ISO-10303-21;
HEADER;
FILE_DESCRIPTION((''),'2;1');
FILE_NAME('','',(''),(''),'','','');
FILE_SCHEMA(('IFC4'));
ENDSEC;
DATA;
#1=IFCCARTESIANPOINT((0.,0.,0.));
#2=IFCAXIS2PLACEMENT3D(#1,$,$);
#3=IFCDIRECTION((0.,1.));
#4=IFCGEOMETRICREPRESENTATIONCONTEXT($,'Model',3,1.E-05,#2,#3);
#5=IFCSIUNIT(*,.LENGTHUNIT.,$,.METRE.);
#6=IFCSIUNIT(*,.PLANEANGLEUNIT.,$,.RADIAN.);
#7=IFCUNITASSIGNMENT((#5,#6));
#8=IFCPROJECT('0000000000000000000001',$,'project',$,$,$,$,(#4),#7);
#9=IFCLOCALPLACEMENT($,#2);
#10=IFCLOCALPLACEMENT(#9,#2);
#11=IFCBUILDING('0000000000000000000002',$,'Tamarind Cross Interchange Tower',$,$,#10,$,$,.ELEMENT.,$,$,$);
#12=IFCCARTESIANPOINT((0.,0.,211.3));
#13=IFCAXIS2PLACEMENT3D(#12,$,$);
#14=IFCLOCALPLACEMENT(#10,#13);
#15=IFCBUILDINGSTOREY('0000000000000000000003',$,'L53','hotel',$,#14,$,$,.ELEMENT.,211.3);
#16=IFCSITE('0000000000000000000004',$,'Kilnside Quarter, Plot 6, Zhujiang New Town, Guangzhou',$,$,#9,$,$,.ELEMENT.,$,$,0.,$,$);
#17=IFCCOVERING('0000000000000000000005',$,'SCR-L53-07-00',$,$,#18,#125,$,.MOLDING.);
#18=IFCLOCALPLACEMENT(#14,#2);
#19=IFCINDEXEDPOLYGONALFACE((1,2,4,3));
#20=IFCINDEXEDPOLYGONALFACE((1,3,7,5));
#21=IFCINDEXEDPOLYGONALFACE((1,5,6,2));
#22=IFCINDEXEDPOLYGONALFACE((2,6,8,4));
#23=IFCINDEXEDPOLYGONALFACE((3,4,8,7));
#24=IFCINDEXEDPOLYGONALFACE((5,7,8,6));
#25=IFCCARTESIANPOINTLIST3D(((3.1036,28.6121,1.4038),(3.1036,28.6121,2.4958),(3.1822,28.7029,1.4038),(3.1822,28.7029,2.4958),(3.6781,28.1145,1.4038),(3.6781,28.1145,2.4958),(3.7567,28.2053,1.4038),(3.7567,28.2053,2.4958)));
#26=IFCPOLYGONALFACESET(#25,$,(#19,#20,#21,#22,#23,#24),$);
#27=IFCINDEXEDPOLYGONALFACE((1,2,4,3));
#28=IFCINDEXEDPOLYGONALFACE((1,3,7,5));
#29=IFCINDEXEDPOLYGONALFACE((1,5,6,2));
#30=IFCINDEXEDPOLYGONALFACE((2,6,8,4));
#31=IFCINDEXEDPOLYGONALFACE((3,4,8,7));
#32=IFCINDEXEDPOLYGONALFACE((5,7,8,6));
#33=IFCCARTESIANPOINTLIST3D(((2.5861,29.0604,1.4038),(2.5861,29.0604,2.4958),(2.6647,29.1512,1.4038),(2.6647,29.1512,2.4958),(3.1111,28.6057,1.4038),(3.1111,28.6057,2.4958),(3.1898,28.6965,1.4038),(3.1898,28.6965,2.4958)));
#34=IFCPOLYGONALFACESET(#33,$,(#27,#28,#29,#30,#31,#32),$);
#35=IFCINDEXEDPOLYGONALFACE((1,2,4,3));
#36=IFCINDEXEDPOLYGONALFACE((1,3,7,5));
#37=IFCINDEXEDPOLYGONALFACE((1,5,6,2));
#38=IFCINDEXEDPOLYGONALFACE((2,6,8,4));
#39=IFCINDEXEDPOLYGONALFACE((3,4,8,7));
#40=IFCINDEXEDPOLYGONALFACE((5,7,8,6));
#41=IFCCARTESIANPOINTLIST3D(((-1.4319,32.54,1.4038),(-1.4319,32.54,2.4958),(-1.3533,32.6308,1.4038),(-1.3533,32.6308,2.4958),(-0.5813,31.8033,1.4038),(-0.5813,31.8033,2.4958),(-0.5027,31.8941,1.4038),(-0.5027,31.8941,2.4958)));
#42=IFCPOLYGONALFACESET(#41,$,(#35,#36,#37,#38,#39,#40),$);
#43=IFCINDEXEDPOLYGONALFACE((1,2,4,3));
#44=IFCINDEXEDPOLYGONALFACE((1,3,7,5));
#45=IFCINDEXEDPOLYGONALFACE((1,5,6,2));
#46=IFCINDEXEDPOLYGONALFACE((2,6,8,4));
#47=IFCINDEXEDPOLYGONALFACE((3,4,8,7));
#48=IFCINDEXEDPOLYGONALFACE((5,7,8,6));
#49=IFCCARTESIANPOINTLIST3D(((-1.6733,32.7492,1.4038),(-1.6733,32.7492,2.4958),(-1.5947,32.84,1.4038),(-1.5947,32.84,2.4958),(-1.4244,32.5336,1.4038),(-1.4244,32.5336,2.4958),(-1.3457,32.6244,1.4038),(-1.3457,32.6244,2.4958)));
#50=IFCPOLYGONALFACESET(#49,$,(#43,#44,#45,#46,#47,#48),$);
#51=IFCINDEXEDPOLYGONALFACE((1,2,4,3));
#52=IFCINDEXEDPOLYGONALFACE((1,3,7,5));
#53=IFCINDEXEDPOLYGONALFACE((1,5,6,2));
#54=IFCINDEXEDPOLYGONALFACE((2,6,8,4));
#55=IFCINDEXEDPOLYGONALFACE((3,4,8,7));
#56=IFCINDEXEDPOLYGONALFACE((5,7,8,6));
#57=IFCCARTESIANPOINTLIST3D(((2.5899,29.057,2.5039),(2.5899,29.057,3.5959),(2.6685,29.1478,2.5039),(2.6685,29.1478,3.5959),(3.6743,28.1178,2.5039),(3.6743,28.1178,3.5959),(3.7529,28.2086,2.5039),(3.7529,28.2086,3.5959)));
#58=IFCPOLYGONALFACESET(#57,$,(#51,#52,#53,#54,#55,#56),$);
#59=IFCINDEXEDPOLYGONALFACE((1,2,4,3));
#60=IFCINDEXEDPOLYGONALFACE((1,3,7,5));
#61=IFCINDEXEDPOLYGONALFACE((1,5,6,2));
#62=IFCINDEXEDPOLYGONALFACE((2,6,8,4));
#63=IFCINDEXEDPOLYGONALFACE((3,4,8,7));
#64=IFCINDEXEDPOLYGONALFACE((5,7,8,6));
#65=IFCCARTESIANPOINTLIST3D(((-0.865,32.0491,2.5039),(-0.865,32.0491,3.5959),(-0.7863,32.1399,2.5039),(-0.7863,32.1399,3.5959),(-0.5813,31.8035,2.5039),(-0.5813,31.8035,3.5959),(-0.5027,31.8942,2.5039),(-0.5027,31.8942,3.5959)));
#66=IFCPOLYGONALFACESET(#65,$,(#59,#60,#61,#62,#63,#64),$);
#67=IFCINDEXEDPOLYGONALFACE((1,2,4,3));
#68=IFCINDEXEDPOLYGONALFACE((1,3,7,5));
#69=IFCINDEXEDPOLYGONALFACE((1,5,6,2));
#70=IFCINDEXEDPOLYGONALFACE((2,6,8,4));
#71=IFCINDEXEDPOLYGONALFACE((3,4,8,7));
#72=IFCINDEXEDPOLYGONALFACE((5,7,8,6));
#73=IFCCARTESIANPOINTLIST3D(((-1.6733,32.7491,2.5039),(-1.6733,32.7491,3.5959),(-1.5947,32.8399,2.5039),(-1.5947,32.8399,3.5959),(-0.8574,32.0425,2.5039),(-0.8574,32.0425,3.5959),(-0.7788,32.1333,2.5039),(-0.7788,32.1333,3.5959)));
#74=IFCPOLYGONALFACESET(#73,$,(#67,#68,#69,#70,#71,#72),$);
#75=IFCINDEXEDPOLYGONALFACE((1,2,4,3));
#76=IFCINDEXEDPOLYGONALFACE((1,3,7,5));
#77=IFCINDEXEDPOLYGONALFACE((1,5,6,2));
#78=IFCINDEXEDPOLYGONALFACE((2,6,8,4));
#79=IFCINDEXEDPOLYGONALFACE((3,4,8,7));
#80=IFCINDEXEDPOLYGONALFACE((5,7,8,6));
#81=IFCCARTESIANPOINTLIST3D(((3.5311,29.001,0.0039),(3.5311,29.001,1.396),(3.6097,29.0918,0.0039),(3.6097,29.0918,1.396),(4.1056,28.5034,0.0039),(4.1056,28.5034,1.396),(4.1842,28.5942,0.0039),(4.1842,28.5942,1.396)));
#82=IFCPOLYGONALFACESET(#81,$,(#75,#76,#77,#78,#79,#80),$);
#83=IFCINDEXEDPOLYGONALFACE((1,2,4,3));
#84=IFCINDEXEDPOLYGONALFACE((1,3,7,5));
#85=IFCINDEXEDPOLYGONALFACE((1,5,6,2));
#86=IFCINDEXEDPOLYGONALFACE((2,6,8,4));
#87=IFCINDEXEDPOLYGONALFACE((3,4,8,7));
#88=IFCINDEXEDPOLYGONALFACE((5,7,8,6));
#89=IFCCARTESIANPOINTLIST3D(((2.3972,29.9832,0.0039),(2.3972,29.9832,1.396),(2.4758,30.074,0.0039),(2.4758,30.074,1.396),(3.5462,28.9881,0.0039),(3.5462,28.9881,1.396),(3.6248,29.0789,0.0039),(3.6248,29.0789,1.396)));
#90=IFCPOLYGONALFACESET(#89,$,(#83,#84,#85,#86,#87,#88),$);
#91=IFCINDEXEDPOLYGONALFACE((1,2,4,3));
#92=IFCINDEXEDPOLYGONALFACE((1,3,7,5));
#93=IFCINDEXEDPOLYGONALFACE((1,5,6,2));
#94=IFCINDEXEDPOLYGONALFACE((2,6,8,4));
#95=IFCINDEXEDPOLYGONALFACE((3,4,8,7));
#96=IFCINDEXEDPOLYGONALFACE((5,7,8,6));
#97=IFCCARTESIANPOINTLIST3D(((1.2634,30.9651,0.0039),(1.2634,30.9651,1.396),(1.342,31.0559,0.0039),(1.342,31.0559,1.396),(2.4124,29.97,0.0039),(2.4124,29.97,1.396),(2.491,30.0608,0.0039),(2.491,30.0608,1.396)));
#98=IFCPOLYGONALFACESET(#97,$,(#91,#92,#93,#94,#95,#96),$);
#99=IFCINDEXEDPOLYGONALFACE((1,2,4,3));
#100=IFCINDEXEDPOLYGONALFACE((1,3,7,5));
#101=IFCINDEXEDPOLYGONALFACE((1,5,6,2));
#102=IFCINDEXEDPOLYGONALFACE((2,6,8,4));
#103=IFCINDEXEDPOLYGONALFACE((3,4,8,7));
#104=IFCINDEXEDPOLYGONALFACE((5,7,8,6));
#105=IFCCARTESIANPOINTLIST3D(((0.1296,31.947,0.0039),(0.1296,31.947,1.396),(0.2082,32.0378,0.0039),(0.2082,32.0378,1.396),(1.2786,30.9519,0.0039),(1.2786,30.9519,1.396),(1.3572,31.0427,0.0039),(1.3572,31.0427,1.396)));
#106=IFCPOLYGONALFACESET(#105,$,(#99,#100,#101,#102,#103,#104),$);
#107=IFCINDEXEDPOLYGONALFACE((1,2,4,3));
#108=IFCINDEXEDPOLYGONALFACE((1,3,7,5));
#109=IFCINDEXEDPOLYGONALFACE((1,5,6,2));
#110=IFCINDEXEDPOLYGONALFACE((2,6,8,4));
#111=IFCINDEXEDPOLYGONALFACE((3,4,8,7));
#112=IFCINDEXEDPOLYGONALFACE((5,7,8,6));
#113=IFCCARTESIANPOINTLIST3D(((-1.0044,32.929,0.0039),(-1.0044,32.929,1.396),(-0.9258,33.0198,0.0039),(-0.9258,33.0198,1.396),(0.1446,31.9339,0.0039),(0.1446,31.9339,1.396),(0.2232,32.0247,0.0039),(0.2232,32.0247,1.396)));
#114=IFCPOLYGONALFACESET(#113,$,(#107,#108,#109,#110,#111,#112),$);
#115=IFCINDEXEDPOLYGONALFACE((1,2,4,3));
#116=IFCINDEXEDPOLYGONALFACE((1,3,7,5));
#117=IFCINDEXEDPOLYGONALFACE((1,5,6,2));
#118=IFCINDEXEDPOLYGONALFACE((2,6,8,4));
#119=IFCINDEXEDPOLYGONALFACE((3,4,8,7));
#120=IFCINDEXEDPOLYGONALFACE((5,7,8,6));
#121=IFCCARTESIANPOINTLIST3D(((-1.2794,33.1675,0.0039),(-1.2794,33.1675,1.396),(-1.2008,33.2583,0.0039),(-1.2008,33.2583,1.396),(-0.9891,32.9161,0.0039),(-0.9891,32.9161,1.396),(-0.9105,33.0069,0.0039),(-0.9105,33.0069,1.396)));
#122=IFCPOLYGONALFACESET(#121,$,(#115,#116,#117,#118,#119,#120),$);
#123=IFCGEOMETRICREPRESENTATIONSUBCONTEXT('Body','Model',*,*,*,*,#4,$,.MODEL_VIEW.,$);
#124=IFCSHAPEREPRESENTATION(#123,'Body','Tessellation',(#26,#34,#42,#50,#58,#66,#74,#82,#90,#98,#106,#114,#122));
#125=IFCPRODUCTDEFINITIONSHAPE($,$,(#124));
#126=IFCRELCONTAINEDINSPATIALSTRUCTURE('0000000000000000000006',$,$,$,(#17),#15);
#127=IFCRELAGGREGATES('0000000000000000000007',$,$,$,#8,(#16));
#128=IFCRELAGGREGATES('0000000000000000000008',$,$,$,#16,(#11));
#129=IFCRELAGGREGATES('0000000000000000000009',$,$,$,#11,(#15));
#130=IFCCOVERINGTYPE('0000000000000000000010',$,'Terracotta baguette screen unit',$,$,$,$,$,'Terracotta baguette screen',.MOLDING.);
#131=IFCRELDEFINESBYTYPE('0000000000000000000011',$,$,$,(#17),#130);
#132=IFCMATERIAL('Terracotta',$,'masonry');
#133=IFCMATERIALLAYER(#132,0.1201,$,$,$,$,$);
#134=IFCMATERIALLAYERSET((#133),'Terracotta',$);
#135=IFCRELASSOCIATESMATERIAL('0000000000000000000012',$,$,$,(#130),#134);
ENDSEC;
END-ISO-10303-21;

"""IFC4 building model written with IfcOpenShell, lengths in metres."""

from ifc_helpers import new_model, si_unit, direction, frame, origin, origin_2d, place, context, subcontext, project, spatial, rectangle, extrude, material, layer, layer_set, type_object, element, save


model = new_model("IFC4")

# Units and contexts
model_context = context("Model", 3, precision=1e-05, world=origin(), true_north=direction((0.0, 1.0)))
body_context = subcontext(model_context, "Body", "Model", "MODEL_VIEW")
ifc_project = project(units=[si_unit("LENGTHUNIT", "METRE"), si_unit("PLANEANGLEUNIT", "RADIAN")], contexts=[model_context])

# Site, building, storey
site_placement = place(None, origin())
site = spatial("IfcSite", under=ifc_project, at=site_placement, Name="Kilnside Quarter, Plot 6, Zhujiang New Town, Guangzhou", CompositionType="ELEMENT", RefElevation=0.0)
building_placement = place(site_placement, origin())
building = spatial("IfcBuilding", under=site, at=building_placement, Name="Tamarind Cross Interchange Tower", CompositionType="ELEMENT")
storey_placement = place(building_placement, frame((0.0, 0.0, 211.3)))
storey = spatial("IfcBuildingStorey", under=building, at=storey_placement, Name="L53", Description="hotel", CompositionType="ELEMENT", Elevation=211.3)

# Covering
ifc_material_1 = material(Name="Terracotta", Category="masonry")
ifc_layer_1 = layer(ifc_material_1, 0.1201)
ifc_layer_set_1 = layer_set([ifc_layer_1], Name="Terracotta")
covering_type = type_object("IfcCoveringType", Name="Terracotta baguette screen unit", ElementType="Terracotta baguette screen", PredefinedType="MOLDING", material=ifc_layer_set_1)
covering_1_placement = place(storey_placement, origin())
element("IfcCovering", 1, at=covering_1_placement, inside=storey, type_object=covering_type, Name="SCR-L53-07-00", PredefinedType="MOLDING", context=body_context, shape_type="SweptSolid", body=[
    extrude(rectangle(XDim=0.76, YDim=0.1201, at=origin_2d()), frame((3.4302, 28.4087, 1.4038), z_axis=(0.0, 0.0, 1.0), x_axis=(-0.755917, 0.654667, 0.0)), (0.0, 0.0, 1.0), 1.092),
    extrude(rectangle(XDim=0.6946, YDim=0.1201, at=origin_2d()), frame((2.8879, 28.8784, 1.4038), z_axis=(0.0, 0.0, 1.0), x_axis=(-0.755917, 0.654667, 0.0)), (0.0, 0.0, 1.0), 1.092),
    extrude(rectangle(XDim=1.1252, YDim=0.1201, at=origin_2d()), frame((-0.9673, 32.217, 1.4038), z_axis=(0.0, 0.0, 1.0), x_axis=(-0.755917, 0.654667, 0.0)), (0.0, 0.0, 1.0), 1.092),
    extrude(rectangle(XDim=0.3293, YDim=0.1201, at=origin_2d()), frame((-1.5095, 32.6868, 1.4038), z_axis=(0.0, 0.0, 1.0), x_axis=(-0.755917, 0.654667, 0.0)), (0.0, 0.0, 1.0), 1.092),
    extrude(rectangle(XDim=1.4346, YDim=0.1201, at=origin_2d()), frame((3.1714, 28.6328, 2.5039), z_axis=(0.0, 0.0, 1.0), x_axis=(-0.755917, 0.654667, 0.0)), (0.0, 0.0, 1.0), 1.092),
    extrude(rectangle(XDim=0.3752, YDim=0.1201, at=origin_2d()), frame((-0.6838, 31.9717, 2.5039), z_axis=(0.0, 0.0, 1.0), x_axis=(-0.755917, 0.654667, 0.0)), (0.0, 0.0, 1.0), 1.092),
    extrude(rectangle(XDim=1.0793, YDim=0.1201, at=origin_2d()), frame((-1.2261, 32.4412, 2.5039), z_axis=(0.0, 0.0, 1.0), x_axis=(-0.755917, 0.654667, 0.0)), (0.0, 0.0, 1.0), 1.092),
    extrude(rectangle(XDim=0.76, YDim=0.1201, at=origin_2d()), frame((3.8577, 28.7976, 0.0039), z_axis=(0.0, 0.0, 1.0), x_axis=(-0.755917, 0.654667, 0.0)), (0.0, 0.0, 1.0), 1.3921),
    extrude(rectangle(XDim=1.52, YDim=0.1201, at=origin_2d()), frame((3.011, 29.531, 0.0039), z_axis=(0.0, 0.0, 1.0), x_axis=(-0.755917, 0.654667, 0.0)), (0.0, 0.0, 1.0), 1.3921),
    extrude(rectangle(XDim=1.52, YDim=0.1201, at=origin_2d()), frame((1.8772, 30.5129, 0.0039), z_axis=(0.0, 0.0, 1.0), x_axis=(-0.755917, 0.654667, 0.0)), (0.0, 0.0, 1.0), 1.3921),
    extrude(rectangle(XDim=1.52, YDim=0.1201, at=origin_2d()), frame((0.7434, 31.4949, 0.0039), z_axis=(0.0, 0.0, 1.0), x_axis=(-0.755917, 0.654667, 0.0)), (0.0, 0.0, 1.0), 1.3921),
    extrude(rectangle(XDim=1.52, YDim=0.1201, at=origin_2d()), frame((-0.3906, 32.4768, 0.0039), z_axis=(0.0, 0.0, 1.0), x_axis=(-0.755917, 0.654667, 0.0)), (0.0, 0.0, 1.0), 1.3921),
    extrude(rectangle(XDim=0.384, YDim=0.1201, at=origin_2d()), frame((-1.095, 33.0872, 0.0039), z_axis=(0.0, 0.0, 1.0), x_axis=(-0.755917, 0.654667, 0.0)), (0.0, 0.0, 1.0), 1.3921),
])

save(model, "model.ifc")
